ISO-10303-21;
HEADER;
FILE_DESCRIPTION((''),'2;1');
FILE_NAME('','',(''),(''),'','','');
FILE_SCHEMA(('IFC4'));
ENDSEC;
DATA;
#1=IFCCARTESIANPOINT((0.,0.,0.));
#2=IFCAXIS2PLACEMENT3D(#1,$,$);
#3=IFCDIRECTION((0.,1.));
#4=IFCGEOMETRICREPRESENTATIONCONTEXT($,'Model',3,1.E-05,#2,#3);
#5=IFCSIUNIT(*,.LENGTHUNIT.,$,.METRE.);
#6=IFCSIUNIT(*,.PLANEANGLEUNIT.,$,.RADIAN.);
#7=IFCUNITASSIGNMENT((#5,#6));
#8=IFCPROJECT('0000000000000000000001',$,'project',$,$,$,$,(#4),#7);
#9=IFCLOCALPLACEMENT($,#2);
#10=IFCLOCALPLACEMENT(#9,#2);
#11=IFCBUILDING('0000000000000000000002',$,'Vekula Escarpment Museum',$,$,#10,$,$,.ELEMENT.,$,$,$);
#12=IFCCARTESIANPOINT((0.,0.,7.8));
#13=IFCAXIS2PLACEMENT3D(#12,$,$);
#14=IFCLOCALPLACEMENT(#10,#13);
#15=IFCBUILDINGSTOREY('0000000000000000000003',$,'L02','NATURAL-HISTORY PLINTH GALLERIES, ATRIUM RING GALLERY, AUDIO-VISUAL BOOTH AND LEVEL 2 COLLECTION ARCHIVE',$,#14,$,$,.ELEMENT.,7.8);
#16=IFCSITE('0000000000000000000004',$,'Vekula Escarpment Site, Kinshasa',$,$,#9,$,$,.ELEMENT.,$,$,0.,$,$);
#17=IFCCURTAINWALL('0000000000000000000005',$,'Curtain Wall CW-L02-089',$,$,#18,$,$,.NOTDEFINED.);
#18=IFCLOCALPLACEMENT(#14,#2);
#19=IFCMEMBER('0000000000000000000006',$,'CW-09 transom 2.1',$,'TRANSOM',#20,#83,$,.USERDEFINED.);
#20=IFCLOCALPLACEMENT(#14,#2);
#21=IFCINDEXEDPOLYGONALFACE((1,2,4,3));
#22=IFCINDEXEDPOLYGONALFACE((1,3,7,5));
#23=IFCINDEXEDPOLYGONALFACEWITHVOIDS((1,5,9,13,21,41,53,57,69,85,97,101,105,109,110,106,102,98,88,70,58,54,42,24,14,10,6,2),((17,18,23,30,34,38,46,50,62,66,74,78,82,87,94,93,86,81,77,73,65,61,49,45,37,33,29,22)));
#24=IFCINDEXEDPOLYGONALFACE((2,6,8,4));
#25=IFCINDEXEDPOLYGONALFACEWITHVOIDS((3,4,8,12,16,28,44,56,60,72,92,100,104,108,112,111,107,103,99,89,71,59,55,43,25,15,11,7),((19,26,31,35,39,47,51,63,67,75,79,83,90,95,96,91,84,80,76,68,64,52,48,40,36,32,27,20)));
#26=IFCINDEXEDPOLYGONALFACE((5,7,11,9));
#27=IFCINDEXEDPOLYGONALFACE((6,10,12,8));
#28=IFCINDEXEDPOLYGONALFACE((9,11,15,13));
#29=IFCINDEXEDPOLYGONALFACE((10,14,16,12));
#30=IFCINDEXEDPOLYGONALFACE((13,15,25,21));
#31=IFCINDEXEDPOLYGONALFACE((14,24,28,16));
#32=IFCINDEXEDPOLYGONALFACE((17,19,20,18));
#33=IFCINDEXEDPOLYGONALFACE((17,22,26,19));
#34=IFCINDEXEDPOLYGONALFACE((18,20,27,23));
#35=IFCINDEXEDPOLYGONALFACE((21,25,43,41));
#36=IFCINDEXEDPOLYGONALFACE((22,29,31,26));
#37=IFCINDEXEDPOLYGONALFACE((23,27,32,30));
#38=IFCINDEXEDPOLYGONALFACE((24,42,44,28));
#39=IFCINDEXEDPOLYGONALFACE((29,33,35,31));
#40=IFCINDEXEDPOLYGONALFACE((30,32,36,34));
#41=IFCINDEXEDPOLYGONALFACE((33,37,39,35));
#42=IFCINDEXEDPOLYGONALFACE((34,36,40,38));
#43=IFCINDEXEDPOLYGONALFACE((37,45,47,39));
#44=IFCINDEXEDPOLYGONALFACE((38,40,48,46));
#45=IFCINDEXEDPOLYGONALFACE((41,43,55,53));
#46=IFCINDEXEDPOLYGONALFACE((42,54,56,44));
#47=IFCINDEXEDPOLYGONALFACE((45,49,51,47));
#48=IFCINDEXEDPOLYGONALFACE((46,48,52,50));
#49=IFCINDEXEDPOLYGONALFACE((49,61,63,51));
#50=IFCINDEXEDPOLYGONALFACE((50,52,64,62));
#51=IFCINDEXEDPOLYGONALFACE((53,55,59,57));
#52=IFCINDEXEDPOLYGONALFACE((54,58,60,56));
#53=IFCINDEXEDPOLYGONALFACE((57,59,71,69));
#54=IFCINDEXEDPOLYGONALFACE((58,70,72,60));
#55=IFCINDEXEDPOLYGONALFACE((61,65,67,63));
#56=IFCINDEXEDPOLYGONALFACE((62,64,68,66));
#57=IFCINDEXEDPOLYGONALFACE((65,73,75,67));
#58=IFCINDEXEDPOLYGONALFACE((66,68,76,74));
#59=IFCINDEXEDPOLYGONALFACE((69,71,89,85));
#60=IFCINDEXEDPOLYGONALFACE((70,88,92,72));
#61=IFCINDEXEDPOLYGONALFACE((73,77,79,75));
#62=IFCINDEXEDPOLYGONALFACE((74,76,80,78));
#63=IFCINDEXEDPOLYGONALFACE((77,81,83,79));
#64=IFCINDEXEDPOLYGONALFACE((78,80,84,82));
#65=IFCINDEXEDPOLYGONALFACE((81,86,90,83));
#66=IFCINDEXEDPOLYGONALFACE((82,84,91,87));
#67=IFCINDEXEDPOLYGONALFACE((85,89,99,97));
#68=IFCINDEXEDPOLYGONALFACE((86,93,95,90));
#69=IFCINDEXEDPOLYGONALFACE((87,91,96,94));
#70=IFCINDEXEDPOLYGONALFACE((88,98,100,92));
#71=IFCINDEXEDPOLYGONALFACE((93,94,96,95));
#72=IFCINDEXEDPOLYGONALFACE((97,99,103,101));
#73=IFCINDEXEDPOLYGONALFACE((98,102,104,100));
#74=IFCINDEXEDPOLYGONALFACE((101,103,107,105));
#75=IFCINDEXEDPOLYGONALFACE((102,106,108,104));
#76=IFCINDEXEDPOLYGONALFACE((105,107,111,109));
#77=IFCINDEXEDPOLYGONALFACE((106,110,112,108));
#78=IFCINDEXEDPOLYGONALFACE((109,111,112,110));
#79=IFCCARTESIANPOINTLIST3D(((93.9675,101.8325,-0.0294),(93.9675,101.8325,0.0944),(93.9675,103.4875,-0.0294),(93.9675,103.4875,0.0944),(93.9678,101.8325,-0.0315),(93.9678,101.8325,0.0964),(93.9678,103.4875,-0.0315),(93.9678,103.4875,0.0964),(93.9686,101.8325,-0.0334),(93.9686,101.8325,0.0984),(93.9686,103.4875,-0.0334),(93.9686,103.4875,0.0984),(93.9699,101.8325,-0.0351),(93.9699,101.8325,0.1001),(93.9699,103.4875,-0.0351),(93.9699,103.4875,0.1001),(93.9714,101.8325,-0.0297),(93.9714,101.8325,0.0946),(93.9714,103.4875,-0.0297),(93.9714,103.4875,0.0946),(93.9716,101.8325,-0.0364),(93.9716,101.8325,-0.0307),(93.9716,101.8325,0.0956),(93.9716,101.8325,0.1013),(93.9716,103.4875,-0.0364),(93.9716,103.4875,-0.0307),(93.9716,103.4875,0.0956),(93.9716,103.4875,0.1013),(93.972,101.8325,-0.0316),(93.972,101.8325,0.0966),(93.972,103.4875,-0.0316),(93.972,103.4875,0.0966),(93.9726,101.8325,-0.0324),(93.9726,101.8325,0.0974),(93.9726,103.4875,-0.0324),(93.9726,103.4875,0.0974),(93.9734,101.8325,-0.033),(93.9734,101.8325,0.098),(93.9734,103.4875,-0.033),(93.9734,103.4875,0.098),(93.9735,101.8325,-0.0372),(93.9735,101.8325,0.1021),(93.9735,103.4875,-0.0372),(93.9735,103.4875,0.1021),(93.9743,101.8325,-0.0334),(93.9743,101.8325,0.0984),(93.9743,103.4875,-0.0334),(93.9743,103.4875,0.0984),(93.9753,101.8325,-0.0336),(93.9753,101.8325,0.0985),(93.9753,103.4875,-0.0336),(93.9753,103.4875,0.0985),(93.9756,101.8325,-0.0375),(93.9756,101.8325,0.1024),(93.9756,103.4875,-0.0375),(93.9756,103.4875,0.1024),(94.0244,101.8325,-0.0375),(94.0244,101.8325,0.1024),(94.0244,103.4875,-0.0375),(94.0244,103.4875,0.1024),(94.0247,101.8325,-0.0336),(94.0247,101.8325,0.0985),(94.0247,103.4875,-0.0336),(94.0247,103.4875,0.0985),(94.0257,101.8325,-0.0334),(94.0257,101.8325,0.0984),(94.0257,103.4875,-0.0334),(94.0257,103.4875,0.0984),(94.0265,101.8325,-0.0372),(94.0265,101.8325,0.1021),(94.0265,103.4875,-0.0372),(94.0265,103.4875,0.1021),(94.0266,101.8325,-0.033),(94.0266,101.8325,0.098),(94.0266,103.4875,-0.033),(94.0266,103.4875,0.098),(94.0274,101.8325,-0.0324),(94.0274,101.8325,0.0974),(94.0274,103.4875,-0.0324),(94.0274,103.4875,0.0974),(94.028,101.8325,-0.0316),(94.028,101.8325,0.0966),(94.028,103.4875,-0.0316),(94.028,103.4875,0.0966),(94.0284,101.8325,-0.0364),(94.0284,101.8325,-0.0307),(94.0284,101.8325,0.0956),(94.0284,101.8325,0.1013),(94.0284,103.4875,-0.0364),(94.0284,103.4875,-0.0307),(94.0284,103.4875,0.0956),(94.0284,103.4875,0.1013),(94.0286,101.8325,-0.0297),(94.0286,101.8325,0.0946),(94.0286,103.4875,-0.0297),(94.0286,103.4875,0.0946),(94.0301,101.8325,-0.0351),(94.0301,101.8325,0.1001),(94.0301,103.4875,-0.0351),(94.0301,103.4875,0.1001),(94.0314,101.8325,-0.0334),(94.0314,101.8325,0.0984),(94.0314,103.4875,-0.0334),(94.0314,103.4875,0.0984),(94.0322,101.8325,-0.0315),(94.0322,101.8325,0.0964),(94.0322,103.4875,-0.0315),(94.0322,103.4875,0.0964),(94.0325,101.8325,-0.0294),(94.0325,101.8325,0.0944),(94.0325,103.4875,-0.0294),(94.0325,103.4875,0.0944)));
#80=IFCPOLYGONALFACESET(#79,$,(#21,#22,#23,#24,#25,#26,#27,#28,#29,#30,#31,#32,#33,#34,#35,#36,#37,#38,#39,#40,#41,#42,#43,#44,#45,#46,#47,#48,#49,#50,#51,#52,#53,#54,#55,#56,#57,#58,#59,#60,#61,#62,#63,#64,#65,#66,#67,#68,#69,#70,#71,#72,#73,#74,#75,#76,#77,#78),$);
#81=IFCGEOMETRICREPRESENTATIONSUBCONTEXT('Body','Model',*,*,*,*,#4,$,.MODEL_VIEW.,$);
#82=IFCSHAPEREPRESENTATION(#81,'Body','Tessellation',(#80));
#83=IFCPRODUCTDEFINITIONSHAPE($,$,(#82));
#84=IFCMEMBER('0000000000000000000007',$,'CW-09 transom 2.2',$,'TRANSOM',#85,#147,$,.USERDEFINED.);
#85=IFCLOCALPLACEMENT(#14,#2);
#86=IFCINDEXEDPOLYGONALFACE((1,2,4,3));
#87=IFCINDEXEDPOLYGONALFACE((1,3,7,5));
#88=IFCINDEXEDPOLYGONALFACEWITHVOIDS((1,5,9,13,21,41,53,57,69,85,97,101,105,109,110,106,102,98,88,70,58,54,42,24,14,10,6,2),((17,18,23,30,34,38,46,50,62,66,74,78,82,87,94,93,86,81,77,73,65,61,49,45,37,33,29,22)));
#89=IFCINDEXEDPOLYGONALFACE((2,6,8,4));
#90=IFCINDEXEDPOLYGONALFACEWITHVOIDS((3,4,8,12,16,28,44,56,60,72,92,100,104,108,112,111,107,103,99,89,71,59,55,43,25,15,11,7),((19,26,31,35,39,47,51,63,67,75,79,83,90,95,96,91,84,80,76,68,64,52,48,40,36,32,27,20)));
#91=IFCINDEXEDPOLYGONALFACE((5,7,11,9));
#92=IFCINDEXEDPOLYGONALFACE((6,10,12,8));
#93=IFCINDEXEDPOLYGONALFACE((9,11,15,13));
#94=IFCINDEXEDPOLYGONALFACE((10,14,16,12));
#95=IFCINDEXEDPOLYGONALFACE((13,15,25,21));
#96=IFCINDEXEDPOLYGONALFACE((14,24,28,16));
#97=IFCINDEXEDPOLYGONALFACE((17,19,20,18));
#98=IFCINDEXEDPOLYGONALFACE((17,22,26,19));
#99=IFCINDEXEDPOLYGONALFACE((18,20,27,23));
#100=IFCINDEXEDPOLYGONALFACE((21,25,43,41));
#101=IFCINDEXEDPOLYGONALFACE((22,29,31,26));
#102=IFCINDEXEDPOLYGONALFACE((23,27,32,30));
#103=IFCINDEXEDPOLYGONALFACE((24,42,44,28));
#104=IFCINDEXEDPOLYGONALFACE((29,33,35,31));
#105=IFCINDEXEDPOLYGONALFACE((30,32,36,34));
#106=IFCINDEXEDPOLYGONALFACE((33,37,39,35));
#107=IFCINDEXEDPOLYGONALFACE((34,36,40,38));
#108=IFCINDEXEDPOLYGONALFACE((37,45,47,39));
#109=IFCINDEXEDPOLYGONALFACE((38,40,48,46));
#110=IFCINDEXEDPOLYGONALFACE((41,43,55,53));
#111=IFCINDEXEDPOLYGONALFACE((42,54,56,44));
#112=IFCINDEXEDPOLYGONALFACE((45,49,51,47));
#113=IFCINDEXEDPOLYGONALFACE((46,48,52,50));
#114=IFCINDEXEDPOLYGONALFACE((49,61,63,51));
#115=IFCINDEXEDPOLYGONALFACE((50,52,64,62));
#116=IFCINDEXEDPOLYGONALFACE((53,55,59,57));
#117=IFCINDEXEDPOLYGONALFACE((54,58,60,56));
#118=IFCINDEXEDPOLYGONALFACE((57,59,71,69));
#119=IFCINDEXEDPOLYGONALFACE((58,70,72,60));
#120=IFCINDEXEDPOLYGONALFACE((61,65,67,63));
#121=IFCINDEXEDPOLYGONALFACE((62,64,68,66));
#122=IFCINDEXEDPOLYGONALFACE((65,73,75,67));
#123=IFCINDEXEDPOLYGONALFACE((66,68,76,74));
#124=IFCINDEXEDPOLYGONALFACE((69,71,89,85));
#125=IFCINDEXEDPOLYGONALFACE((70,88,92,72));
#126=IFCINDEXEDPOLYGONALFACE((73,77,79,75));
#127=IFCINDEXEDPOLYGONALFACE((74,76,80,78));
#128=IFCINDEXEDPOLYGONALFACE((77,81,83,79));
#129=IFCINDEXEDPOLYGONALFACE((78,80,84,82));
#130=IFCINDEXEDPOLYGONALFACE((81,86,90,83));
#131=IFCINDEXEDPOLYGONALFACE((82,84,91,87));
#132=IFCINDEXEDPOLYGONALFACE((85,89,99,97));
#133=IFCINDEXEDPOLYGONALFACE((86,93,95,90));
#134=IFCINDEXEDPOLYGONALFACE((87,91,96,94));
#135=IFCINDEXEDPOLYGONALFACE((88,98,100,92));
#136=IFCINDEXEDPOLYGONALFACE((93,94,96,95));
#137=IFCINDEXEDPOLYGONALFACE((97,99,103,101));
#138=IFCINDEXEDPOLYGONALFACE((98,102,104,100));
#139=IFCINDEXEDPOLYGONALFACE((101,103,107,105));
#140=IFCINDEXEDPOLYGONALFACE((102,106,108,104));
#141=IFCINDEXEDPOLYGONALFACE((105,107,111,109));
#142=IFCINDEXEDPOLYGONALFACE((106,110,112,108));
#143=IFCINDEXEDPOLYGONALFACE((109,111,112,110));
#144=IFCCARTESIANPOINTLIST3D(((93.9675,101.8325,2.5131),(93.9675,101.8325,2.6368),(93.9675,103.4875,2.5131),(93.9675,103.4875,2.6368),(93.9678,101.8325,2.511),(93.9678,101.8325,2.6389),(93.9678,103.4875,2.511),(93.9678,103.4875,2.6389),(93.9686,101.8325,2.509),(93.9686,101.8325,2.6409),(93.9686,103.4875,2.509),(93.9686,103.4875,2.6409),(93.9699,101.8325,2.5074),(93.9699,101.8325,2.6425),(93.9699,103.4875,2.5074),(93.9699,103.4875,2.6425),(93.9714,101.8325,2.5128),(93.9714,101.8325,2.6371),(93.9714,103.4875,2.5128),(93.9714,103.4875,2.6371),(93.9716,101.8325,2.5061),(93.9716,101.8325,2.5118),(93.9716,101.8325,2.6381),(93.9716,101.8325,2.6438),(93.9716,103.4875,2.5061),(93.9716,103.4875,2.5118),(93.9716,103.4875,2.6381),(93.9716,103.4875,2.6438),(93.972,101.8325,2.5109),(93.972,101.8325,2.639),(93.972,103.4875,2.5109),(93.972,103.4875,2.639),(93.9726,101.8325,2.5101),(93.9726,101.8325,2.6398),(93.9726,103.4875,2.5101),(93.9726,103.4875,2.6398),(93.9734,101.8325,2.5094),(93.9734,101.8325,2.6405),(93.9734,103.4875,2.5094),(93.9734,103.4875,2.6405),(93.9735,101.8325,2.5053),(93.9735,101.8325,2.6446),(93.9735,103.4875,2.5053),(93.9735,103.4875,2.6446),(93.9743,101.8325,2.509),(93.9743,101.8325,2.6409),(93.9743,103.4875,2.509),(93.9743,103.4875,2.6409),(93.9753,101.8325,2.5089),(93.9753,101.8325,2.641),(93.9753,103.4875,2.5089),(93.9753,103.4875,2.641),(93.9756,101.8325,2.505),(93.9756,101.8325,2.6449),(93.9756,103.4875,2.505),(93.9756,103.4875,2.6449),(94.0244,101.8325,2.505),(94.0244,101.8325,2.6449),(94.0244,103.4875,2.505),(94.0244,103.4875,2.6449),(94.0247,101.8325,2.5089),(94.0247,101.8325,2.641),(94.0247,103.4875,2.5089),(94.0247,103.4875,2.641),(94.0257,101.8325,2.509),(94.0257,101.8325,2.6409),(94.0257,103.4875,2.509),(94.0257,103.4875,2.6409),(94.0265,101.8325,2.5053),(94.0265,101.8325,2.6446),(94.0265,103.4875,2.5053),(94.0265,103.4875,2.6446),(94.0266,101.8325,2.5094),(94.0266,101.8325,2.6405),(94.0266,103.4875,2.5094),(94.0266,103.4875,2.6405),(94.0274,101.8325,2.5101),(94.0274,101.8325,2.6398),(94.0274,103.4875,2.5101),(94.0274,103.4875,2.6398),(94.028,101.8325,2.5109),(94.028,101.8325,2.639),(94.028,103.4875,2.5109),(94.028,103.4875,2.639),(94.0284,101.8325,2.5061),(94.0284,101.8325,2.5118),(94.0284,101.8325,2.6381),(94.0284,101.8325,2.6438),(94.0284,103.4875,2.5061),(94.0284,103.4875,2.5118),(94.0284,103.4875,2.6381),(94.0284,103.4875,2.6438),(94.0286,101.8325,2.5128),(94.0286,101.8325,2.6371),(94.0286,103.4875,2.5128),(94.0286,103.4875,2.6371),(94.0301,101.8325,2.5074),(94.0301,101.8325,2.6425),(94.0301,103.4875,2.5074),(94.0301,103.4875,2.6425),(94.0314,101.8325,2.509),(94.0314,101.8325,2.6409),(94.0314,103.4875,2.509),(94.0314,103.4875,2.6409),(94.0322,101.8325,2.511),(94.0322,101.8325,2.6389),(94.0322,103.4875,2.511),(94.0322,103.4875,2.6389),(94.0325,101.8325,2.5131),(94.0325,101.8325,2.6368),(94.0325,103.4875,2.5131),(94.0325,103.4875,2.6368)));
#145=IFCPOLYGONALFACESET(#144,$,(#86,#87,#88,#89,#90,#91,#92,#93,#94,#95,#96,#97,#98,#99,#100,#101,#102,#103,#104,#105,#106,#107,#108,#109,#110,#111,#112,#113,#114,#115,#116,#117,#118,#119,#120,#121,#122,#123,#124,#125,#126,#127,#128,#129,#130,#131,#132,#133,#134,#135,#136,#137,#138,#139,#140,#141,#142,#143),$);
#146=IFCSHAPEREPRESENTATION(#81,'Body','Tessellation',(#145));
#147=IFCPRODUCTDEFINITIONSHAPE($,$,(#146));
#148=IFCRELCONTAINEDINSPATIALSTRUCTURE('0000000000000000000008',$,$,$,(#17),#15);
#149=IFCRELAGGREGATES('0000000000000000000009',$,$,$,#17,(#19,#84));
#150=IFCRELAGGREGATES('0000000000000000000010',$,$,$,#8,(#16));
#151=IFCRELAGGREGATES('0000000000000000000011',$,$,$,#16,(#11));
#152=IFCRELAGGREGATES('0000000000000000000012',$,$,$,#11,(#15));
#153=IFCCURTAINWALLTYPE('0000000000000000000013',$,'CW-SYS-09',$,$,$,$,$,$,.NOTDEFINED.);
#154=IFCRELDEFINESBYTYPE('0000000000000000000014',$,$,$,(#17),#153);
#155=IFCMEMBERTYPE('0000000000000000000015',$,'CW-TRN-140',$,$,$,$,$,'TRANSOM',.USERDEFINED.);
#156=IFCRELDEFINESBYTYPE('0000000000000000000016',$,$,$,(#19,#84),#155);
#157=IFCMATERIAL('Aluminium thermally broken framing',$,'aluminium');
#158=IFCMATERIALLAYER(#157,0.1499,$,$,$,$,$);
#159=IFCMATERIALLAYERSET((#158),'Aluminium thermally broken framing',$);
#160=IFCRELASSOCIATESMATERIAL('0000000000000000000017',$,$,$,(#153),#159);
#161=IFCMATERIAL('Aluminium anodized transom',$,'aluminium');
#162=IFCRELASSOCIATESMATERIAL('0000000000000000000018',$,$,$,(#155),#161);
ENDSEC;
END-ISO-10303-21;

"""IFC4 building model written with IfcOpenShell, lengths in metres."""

from ifc_helpers import new_model, si_unit, direction, frame, origin, origin_2d, place, context, subcontext, project, spatial, hollow_rectangle, extrude, material, layer, layer_set, material_profile, profile_set, type_object, element, aggregate, save


model = new_model("IFC4")

# Units and contexts
model_context = context("Model", 3, precision=1e-05, world=origin(), true_north=direction((0.0, 1.0)))
body_context = subcontext(model_context, "Body", "Model", "MODEL_VIEW")
ifc_project = project(units=[si_unit("LENGTHUNIT", "METRE"), si_unit("PLANEANGLEUNIT", "RADIAN")], contexts=[model_context])

# Site, building, storey
site_placement = place(None, origin())
site = spatial("IfcSite", under=ifc_project, at=site_placement, Name="Vekula Escarpment Site, Kinshasa", CompositionType="ELEMENT", RefElevation=0.0)
building_placement = place(site_placement, origin())
building = spatial("IfcBuilding", under=site, at=building_placement, Name="Vekula Escarpment Museum", CompositionType="ELEMENT")
storey_placement = place(building_placement, frame((0.0, 0.0, 7.8)))
storey = spatial("IfcBuildingStorey", under=building, at=storey_placement, Name="L02", Description="NATURAL-HISTORY PLINTH GALLERIES, ATRIUM RING GALLERY, AUDIO-VISUAL BOOTH AND LEVEL 2 COLLECTION ARCHIVE", CompositionType="ELEMENT", Elevation=7.8)

# Curtain wall
ifc_material_1 = material(Name="Aluminium thermally broken framing", Category="aluminium")
ifc_layer_1 = layer(ifc_material_1, 0.1499)
ifc_layer_set_1 = layer_set([ifc_layer_1], Name="Aluminium thermally broken framing")
curtain_wall_type_1 = type_object("IfcCurtainWallType", Name="CW-SYS-09", PredefinedType="NOTDEFINED", material=ifc_layer_set_1)
curtain_wall_1_placement = place(storey_placement, origin())
curtain_wall_1 = element("IfcCurtainWall", 1, at=curtain_wall_1_placement, inside=storey, type_object=curtain_wall_type_1, Name="Curtain Wall CW-L02-089", PredefinedType="NOTDEFINED")

# Members
ifc_material_2 = material(Name="Aluminium anodized transom", Category="aluminium")
ifc_material_profile_1 = material_profile(ifc_material_2, hollow_rectangle(XDim=0.0649, YDim=0.1399, WallThickness=0.0039, InnerFilletRadius=0.0039, OuterFilletRadius=0.0081, at=origin_2d()), Name="ALU 140x65x4")
ifc_profile_set_1 = profile_set([ifc_material_profile_1], Name="Aluminium anodized transom")
member_type_1 = type_object("IfcMemberType", Name="CW-TRN-140", ElementType="TRANSOM", PredefinedType="USERDEFINED", material=ifc_profile_set_1)
member_1_placement = place(storey_placement, frame((94.0, 103.4875, 0.0325), z_axis=(0.0, -1.0, 0.0), x_axis=(1.0, 0.0, 0.0)))
member_1 = element("IfcMember", 2, at=member_1_placement, type_object=member_type_1, Name="CW-09 transom 2.1", ObjectType="TRANSOM", PredefinedType="USERDEFINED", context=body_context, shape_type="SweptSolid", body=[
    extrude(hollow_rectangle(XDim=0.0649, YDim=0.1399, WallThickness=0.0039, InnerFilletRadius=0.0039, OuterFilletRadius=0.0081, at=origin_2d()), origin(), (0.0, 0.0, 1.0), 1.655),
])
member_2_placement = place(storey_placement, frame((94.0, 103.4875, 2.575), z_axis=(0.0, -1.0, 0.0), x_axis=(1.0, 0.0, 0.0)))
member_2 = element("IfcMember", 3, at=member_2_placement, type_object=member_type_1, Name="CW-09 transom 2.2", ObjectType="TRANSOM", PredefinedType="USERDEFINED", context=body_context, shape_type="SweptSolid", body=[
    extrude(hollow_rectangle(XDim=0.0649, YDim=0.1399, WallThickness=0.0039, InnerFilletRadius=0.0039, OuterFilletRadius=0.0081, at=origin_2d()), origin(), (0.0, 0.0, 1.0), 1.655),
])

aggregate(curtain_wall_1, [member_1, member_2])

save(model, "model.ifc")
